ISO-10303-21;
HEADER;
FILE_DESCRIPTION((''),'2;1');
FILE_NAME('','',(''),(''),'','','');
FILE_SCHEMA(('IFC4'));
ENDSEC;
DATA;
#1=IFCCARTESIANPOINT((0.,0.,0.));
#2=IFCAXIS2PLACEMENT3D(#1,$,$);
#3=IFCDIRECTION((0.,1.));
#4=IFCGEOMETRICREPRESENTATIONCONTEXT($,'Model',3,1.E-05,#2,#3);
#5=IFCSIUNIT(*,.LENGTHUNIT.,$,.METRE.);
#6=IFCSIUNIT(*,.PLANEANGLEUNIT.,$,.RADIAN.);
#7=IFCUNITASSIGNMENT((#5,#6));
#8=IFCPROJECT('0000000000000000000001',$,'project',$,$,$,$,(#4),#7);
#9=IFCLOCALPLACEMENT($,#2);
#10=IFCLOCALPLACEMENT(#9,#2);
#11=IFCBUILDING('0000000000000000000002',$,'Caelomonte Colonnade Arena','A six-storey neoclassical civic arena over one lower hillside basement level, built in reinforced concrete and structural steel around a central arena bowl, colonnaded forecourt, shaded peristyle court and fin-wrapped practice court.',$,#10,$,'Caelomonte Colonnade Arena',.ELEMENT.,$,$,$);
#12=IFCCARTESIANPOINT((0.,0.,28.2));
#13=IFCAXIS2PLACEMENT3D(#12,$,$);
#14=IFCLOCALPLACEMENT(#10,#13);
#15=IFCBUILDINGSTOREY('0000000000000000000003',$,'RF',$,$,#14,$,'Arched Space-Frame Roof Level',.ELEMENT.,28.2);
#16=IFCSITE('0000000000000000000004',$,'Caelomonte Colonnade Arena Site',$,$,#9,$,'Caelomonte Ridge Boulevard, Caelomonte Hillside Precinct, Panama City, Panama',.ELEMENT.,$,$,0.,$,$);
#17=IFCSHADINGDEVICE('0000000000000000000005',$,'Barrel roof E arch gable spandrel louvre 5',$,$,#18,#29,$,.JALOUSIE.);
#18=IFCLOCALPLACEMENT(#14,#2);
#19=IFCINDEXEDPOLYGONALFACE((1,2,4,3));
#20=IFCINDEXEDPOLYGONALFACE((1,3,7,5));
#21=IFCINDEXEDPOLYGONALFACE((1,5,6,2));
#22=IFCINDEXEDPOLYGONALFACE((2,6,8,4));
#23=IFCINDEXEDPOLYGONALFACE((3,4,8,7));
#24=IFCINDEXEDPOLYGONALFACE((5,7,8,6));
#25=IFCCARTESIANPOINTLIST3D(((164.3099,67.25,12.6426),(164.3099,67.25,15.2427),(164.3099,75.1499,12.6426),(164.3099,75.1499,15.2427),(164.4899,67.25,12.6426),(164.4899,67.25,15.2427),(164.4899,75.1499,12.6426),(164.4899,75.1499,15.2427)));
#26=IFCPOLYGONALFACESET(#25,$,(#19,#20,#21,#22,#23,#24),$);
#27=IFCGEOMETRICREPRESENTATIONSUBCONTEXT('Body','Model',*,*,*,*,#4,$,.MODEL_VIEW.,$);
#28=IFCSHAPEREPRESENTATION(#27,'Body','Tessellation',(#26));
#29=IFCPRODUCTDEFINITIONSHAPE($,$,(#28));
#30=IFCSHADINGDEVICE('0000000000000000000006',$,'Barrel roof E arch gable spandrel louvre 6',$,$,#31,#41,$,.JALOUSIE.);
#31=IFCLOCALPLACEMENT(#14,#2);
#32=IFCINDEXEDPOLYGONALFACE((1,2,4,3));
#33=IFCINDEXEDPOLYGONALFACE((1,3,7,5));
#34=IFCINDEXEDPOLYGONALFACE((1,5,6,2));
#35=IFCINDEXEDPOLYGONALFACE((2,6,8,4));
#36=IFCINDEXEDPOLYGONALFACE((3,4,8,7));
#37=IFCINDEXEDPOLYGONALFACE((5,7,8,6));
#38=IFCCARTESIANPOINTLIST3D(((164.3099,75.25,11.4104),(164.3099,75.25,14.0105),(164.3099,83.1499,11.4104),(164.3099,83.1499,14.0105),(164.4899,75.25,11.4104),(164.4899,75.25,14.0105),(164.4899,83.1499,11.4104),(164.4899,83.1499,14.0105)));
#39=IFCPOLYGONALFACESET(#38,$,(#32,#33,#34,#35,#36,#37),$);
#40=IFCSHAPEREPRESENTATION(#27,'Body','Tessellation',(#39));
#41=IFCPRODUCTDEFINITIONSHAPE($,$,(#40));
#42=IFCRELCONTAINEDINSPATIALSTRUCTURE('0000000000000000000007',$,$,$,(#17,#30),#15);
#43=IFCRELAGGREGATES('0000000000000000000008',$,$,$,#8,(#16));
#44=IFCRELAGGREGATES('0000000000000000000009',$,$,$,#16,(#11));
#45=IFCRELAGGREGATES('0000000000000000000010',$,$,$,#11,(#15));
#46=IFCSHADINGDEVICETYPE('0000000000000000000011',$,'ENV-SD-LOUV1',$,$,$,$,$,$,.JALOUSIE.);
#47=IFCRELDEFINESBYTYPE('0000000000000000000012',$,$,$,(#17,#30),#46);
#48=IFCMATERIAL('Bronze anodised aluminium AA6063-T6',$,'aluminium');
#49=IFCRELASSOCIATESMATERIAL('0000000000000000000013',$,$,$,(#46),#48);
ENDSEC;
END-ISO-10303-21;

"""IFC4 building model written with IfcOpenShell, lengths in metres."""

from ifc_helpers import new_model, si_unit, direction, frame, origin, origin_2d, place, context, subcontext, project, spatial, rectangle, extrude, material, type_object, element, save


model = new_model("IFC4")

# Units and contexts
model_context = context("Model", 3, precision=1e-05, world=origin(), true_north=direction((0.0, 1.0)))
body_context = subcontext(model_context, "Body", "Model", "MODEL_VIEW")
ifc_project = project(units=[si_unit("LENGTHUNIT", "METRE"), si_unit("PLANEANGLEUNIT", "RADIAN")], contexts=[model_context])

# Site, building, storey
site_placement = place(None, origin())
site = spatial("IfcSite", under=ifc_project, at=site_placement, Name="Caelomonte Colonnade Arena Site", LongName="Caelomonte Ridge Boulevard, Caelomonte Hillside Precinct, Panama City, Panama", CompositionType="ELEMENT", RefElevation=0.0)
building_placement = place(site_placement, origin())
building = spatial("IfcBuilding", under=site, at=building_placement, Name="Caelomonte Colonnade Arena", Description="A six-storey neoclassical civic arena over one lower hillside basement level, built in reinforced concrete and structural steel around a central arena bowl, colonnaded forecourt, shaded peristyle court and fin-wrapped practice court.", LongName="Caelomonte Colonnade Arena", CompositionType="ELEMENT")
storey_placement = place(building_placement, frame((0.0, 0.0, 28.2)))
storey = spatial("IfcBuildingStorey", under=building, at=storey_placement, Name="RF", LongName="Arched Space-Frame Roof Level", CompositionType="ELEMENT", Elevation=28.2)

# Shared definitions
ifc_material_1 = material(Name="Bronze anodised aluminium AA6063-T6", Category="aluminium")

# Shading devices
shading_device_type = type_object("IfcShadingDeviceType", Name="ENV-SD-LOUV1", PredefinedType="JALOUSIE", material=ifc_material_1)
for number, where, z_axis, x_axis, name in (
    (1, (164.3999, 71.2, 12.6426), (0.0, 0.0, 1.0), (1.0, 0.0, 0.0), "Barrel roof E arch gable spandrel louvre 5"),
    (2, (164.3999, 79.2, 11.4104), (0.0, 0.0, 1.0), (1.0, 0.0, 0.0), "Barrel roof E arch gable spandrel louvre 6"),
):
    element("IfcShadingDevice", number, at=place(storey_placement, frame(where, z_axis=z_axis, x_axis=x_axis)), inside=storey, type_object=shading_device_type, Name=name, PredefinedType="JALOUSIE", context=body_context, shape_type="SweptSolid", body=[
        extrude(rectangle(XDim=0.1799, YDim=7.8999, at=origin_2d()), origin(), (0.0, 0.0, 1.0), 2.6001),
    ])

save(model, "model.ifc")
